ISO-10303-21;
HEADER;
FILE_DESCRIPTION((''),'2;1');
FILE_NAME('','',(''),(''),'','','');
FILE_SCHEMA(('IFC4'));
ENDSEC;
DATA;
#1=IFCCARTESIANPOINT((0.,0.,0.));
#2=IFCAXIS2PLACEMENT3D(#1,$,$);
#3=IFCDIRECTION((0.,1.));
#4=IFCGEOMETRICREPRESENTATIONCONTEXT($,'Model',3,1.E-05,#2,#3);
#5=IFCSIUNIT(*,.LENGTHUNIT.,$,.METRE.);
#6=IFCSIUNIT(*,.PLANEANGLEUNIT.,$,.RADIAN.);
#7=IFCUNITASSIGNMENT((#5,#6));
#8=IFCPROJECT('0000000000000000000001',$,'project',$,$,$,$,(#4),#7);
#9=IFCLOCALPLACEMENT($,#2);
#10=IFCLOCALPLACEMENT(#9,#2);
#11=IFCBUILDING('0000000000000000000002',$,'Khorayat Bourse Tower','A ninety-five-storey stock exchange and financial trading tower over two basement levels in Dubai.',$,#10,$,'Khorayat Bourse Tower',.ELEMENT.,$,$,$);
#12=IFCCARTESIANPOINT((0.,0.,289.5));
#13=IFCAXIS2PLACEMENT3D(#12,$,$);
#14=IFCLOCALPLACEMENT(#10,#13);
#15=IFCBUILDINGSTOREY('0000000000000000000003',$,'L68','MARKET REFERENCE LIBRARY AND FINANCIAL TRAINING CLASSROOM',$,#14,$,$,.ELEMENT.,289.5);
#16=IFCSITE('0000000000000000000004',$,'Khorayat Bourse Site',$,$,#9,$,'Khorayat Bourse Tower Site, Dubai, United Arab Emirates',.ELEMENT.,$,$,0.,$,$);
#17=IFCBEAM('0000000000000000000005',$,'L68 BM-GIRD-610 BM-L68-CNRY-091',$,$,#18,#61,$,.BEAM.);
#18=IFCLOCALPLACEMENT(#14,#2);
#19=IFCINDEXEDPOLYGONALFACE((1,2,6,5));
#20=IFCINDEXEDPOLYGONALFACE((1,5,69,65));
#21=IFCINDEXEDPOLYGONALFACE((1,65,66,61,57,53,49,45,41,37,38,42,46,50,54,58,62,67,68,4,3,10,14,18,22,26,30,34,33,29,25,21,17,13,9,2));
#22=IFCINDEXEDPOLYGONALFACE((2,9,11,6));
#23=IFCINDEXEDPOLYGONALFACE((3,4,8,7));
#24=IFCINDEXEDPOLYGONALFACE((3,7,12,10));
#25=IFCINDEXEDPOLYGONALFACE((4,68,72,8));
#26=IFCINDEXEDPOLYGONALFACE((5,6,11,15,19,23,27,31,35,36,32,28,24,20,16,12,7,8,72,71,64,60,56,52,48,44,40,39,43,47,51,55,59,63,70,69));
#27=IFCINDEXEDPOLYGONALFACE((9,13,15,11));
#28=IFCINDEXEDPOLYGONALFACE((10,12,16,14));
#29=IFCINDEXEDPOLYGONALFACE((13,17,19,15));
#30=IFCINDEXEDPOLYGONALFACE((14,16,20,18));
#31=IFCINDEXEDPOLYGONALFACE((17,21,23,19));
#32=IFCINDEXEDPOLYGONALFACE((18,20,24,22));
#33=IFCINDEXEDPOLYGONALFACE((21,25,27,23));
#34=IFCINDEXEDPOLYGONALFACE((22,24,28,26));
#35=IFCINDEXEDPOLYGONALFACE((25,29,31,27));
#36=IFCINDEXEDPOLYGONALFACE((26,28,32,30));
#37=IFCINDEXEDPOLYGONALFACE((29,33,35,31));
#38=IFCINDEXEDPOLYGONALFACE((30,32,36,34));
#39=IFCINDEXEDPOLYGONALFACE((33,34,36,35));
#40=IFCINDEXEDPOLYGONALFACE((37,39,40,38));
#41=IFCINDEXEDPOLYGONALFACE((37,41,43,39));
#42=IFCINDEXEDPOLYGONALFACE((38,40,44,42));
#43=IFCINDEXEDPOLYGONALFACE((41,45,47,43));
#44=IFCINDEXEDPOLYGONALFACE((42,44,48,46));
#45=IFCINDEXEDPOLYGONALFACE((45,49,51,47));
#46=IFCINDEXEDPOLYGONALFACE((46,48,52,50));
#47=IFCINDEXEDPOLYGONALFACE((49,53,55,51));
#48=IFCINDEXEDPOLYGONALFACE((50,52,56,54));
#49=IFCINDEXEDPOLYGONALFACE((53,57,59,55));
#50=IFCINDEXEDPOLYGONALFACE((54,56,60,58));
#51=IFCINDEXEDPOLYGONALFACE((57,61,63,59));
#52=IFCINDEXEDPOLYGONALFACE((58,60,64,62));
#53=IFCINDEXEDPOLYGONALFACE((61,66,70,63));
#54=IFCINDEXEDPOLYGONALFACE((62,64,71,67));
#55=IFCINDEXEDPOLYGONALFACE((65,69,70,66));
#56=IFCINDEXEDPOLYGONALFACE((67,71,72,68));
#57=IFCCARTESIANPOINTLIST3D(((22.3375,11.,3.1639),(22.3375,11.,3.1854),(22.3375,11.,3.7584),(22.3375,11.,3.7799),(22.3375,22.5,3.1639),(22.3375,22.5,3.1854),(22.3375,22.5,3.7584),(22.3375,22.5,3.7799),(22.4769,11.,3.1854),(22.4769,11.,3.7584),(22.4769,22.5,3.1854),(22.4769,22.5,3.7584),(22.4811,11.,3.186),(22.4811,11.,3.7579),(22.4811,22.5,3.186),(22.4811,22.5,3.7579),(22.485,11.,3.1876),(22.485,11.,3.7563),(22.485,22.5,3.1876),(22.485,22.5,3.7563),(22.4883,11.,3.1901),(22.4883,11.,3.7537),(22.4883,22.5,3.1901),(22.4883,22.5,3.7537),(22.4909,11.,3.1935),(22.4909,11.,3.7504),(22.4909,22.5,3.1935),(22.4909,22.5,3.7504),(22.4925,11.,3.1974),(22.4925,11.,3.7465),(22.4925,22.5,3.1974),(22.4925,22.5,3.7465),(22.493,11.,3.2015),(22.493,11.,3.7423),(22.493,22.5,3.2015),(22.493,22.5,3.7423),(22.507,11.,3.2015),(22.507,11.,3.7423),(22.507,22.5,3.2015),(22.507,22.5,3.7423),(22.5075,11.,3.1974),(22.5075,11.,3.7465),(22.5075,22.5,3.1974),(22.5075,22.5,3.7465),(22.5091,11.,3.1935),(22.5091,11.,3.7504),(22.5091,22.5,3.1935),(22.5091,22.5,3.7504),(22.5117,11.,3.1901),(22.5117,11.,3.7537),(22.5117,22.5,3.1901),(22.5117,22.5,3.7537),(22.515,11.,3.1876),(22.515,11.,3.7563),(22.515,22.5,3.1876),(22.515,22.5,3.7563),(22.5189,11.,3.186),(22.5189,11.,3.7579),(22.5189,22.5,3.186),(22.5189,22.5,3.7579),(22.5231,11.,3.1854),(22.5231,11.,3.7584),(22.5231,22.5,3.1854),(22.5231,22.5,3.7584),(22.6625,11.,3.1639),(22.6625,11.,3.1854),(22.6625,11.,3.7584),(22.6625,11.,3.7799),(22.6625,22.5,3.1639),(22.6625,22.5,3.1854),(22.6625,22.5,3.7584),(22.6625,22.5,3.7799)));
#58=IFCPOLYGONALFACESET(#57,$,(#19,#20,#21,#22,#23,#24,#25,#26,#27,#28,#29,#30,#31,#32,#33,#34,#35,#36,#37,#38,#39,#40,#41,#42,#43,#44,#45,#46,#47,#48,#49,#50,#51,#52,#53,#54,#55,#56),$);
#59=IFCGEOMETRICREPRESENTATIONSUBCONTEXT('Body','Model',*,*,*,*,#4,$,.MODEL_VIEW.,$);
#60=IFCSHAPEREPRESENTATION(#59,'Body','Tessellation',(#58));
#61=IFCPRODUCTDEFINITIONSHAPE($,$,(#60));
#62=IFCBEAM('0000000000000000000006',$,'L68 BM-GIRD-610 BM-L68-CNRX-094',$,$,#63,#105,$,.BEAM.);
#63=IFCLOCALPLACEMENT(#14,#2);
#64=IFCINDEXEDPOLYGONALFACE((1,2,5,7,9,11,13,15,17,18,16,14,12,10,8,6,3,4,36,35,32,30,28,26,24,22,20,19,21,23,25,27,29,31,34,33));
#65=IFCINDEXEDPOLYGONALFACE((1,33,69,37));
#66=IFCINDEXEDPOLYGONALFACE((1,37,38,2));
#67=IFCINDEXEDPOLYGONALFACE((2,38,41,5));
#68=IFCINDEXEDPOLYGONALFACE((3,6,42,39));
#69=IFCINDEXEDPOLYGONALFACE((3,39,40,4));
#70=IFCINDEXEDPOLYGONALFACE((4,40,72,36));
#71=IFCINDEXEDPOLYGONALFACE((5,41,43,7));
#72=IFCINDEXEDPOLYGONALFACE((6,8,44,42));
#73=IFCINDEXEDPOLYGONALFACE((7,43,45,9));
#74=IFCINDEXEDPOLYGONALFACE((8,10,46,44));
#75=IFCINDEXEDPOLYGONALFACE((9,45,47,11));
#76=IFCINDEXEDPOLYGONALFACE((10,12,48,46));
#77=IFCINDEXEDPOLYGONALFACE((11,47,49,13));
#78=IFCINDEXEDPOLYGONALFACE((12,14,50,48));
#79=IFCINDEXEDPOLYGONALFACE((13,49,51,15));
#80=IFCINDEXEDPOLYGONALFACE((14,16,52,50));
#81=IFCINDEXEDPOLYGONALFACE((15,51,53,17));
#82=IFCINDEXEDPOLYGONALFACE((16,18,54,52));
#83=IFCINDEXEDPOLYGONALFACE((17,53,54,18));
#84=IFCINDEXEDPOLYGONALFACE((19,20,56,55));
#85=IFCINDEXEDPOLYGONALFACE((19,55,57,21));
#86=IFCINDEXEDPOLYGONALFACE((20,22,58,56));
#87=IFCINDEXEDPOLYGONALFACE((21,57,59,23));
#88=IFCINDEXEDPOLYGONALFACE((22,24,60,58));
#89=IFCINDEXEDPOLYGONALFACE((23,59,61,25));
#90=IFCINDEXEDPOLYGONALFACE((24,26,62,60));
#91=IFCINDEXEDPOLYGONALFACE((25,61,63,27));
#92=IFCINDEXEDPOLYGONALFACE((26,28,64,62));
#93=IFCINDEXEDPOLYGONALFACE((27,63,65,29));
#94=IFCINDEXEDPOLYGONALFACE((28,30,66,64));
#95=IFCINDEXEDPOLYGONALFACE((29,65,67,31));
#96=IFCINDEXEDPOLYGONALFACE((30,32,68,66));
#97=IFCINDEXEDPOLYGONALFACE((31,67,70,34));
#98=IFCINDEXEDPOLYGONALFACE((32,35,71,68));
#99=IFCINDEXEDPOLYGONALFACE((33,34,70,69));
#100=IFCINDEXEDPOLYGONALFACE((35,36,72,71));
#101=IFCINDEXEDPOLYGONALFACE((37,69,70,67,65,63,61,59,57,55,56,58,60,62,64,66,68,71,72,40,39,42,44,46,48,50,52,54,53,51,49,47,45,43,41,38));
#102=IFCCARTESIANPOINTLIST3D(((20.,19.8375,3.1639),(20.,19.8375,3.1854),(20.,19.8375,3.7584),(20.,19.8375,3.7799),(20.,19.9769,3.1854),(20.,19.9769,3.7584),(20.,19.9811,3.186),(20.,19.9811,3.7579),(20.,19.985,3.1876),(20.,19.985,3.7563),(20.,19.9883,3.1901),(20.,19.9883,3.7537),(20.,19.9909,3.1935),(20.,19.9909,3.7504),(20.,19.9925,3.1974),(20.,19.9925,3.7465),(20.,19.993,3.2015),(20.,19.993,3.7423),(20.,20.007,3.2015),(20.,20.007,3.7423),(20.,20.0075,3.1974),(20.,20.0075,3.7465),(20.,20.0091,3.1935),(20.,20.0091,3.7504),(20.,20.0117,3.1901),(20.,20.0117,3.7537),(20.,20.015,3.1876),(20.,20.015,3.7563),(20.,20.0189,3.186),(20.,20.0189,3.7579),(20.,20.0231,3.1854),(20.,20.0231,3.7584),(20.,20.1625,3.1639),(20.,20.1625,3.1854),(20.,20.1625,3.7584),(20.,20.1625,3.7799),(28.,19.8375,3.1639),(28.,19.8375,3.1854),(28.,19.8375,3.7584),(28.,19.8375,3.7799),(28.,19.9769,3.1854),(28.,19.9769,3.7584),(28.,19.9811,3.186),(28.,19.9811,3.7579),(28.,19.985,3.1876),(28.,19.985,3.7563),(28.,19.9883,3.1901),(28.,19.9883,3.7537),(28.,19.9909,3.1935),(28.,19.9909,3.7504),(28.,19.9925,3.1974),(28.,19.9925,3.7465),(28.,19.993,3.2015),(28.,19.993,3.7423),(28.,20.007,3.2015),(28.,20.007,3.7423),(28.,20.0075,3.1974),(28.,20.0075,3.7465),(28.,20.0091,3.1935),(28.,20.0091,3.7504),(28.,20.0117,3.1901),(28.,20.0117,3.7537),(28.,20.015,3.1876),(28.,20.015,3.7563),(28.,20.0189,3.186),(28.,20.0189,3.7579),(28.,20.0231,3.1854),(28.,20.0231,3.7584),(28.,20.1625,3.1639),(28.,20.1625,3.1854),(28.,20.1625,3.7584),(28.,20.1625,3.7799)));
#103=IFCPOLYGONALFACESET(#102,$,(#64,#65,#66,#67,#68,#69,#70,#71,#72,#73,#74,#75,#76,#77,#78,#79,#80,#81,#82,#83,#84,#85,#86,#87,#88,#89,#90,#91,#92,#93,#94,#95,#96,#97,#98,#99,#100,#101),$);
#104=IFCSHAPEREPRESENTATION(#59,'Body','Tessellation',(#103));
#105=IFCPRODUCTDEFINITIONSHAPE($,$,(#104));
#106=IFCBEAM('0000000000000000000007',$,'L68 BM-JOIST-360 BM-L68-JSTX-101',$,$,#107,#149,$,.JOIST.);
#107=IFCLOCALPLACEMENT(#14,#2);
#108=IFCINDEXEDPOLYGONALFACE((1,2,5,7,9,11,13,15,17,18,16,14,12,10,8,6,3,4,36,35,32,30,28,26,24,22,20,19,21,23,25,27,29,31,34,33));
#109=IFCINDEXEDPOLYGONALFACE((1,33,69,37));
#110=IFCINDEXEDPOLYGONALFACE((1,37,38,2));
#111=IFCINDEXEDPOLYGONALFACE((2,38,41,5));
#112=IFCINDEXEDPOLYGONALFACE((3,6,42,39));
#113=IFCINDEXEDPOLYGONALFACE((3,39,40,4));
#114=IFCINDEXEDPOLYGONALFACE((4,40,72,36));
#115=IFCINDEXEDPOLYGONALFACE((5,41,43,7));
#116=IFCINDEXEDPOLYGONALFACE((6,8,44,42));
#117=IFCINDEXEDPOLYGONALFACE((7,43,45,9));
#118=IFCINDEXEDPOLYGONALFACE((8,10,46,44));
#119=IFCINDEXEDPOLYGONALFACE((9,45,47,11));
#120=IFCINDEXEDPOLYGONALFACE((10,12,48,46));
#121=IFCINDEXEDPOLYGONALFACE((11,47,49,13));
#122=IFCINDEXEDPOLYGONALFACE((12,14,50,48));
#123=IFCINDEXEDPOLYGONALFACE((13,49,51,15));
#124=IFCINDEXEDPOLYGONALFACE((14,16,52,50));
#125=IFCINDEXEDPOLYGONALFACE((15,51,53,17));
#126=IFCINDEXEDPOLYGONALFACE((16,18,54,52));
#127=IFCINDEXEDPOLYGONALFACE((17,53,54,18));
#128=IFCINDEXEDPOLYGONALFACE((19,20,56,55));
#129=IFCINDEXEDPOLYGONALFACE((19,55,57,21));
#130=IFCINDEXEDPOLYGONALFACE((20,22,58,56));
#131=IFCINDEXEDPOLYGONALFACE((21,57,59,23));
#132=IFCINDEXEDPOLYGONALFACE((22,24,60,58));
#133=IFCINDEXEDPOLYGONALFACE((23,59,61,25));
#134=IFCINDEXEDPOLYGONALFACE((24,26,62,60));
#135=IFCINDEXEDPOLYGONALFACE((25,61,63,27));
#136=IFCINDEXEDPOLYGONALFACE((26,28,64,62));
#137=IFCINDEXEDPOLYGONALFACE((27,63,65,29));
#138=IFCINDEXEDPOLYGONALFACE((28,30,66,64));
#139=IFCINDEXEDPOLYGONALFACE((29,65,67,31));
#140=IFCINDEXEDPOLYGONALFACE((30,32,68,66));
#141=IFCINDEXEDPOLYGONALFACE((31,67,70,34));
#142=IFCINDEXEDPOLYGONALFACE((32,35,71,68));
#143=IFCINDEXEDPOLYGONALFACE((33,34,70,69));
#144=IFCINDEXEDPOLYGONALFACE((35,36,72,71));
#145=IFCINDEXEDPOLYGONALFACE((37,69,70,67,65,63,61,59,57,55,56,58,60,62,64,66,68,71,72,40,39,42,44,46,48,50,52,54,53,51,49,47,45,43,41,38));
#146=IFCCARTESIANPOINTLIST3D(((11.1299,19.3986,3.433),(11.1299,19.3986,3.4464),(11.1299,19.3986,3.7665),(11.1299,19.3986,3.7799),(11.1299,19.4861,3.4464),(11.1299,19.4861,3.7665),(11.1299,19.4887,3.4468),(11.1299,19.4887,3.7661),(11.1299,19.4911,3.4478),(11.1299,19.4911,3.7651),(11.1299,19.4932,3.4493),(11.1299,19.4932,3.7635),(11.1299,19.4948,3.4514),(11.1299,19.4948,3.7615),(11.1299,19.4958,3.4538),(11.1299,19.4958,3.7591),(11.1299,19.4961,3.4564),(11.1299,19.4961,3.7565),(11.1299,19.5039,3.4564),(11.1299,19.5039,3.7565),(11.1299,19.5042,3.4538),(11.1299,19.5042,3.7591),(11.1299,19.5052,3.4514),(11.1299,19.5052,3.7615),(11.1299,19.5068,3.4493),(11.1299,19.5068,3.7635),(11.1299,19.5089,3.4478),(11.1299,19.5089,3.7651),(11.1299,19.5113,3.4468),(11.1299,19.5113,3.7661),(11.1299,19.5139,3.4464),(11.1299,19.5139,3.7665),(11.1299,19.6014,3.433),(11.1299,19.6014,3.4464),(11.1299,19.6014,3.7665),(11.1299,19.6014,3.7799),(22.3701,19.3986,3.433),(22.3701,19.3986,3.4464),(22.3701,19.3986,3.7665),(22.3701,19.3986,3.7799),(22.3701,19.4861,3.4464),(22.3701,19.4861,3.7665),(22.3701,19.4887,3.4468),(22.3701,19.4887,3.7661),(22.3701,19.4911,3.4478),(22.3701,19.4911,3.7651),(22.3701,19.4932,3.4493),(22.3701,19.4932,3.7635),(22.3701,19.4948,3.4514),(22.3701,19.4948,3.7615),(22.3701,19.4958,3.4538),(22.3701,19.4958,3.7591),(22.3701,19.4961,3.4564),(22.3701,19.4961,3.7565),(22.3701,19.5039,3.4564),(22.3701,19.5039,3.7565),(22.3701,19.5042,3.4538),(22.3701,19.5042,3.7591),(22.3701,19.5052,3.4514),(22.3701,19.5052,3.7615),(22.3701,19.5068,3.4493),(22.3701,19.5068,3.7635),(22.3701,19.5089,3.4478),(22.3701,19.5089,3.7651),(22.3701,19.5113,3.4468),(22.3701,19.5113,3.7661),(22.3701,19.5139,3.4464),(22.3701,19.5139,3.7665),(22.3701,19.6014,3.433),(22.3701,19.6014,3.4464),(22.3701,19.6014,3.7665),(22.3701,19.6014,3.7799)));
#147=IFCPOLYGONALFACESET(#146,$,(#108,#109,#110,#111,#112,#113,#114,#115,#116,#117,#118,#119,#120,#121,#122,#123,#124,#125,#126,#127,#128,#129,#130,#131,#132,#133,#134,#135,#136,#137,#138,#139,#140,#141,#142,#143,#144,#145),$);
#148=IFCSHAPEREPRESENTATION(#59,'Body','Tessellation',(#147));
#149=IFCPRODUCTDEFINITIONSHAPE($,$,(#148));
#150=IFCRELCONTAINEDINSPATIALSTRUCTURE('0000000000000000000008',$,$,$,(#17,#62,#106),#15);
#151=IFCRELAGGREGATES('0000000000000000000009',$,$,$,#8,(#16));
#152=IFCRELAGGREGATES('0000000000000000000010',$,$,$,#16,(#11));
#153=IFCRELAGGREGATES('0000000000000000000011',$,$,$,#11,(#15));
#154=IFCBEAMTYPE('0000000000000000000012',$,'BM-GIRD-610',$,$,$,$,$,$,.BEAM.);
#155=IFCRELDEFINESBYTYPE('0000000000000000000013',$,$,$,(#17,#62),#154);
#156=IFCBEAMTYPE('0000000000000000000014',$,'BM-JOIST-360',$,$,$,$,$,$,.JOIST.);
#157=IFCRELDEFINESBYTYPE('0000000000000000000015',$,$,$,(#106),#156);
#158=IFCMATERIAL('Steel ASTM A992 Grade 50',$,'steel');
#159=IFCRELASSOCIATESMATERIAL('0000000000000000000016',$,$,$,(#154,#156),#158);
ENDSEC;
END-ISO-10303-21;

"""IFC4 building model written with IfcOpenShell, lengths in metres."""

from ifc_helpers import new_model, si_unit, direction, frame, origin, origin_2d, place, context, subcontext, project, spatial, i_section, extrude, source, transform, mapped, material, material_profile, profile_set, type_object, element, save


model = new_model("IFC4")

# Units and contexts
model_context = context("Model", 3, precision=1e-05, world=origin(), true_north=direction((0.0, 1.0)))
body_context = subcontext(model_context, "Body", "Model", "MODEL_VIEW")
ifc_project = project(units=[si_unit("LENGTHUNIT", "METRE"), si_unit("PLANEANGLEUNIT", "RADIAN")], contexts=[model_context])

# Site, building, storey
site_placement = place(None, origin())
site = spatial("IfcSite", under=ifc_project, at=site_placement, Name="Khorayat Bourse Site", LongName="Khorayat Bourse Tower Site, Dubai, United Arab Emirates", CompositionType="ELEMENT", RefElevation=0.0)
building_placement = place(site_placement, origin())
building = spatial("IfcBuilding", under=site, at=building_placement, Name="Khorayat Bourse Tower", Description="A ninety-five-storey stock exchange and financial trading tower over two basement levels in Dubai.", LongName="Khorayat Bourse Tower", CompositionType="ELEMENT")
storey_placement = place(building_placement, frame((0.0, 0.0, 289.5)))
storey = spatial("IfcBuildingStorey", under=building, at=storey_placement, Name="L68", Description="MARKET REFERENCE LIBRARY AND FINANCIAL TRAINING CLASSROOM", CompositionType="ELEMENT", Elevation=289.5)

# Beams
ifc_material_1 = material(Name="Steel ASTM A992 Grade 50", Category="steel")
ifc_material_profile_1 = material_profile(ifc_material_1, i_section(OverallWidth=0.325, OverallDepth=0.616, WebThickness=0.0139, FlangeThickness=0.0215, FilletRadius=0.0161, at=origin_2d()), Name="W610X174")
ifc_profile_set_1 = profile_set([ifc_material_profile_1], Name="Steel ASTM A992 Grade 50")
beam_type_1 = type_object("IfcBeamType", Name="BM-GIRD-610", PredefinedType="BEAM", material=ifc_profile_set_1)
shared_shape_1 = source(origin(), body_context, "Body", "SweptSolid", [
    extrude(i_section(OverallWidth=0.325, OverallDepth=0.616, WebThickness=0.0139, FlangeThickness=0.0215, FilletRadius=0.0161, at=origin_2d()), origin(), (0.0, 0.0, 1.0), 11.5),
])
beam_1_placement = place(storey_placement, frame((22.5, 11.0, 3.4719), z_axis=(0.0, 1.0, 0.0), x_axis=(-1.0, 0.0, 0.0)))
element("IfcBeam", 1, at=beam_1_placement, inside=storey, type_object=beam_type_1, Name="L68 BM-GIRD-610 BM-L68-CNRY-091", PredefinedType="BEAM", context=body_context, shape_type="MappedRepresentation", body=[
    mapped(shared_shape_1, transform((0.0, 0.0, 0.0), scale=1.0)),
])
shared_shape_2 = source(origin(), body_context, "Body", "SweptSolid", [
    extrude(i_section(OverallWidth=0.325, OverallDepth=0.616, WebThickness=0.0139, FlangeThickness=0.0215, FilletRadius=0.0161, at=origin_2d()), origin(), (0.0, 0.0, 1.0), 8.0),
])
beam_2_placement = place(storey_placement, frame((20.0, 20.0, 3.4719), z_axis=(1.0, 0.0, 0.0), x_axis=(0.0, 1.0, 0.0)))
element("IfcBeam", 2, at=beam_2_placement, inside=storey, type_object=beam_type_1, Name="L68 BM-GIRD-610 BM-L68-CNRX-094", PredefinedType="BEAM", context=body_context, shape_type="MappedRepresentation", body=[
    mapped(shared_shape_2, transform((0.0, 0.0, 0.0), scale=1.0)),
])
ifc_material_profile_2 = material_profile(ifc_material_1, i_section(OverallWidth=0.2029, OverallDepth=0.3469, WebThickness=0.0078, FlangeThickness=0.0134, FilletRadius=0.01, at=origin_2d()), Name="W360X64")
ifc_profile_set_2 = profile_set([ifc_material_profile_2], Name="Steel ASTM A992 Grade 50")
beam_type_2 = type_object("IfcBeamType", Name="BM-JOIST-360", PredefinedType="JOIST", material=ifc_profile_set_2)
shared_shape_3 = source(origin(), body_context, "Body", "SweptSolid", [
    extrude(i_section(OverallWidth=0.2029, OverallDepth=0.3469, WebThickness=0.0078, FlangeThickness=0.0134, FilletRadius=0.01, at=origin_2d()), origin(), (0.0, 0.0, 1.0), 11.2402),
])
beam_3_placement = place(storey_placement, frame((11.1299, 19.5, 3.6064), z_axis=(1.0, 0.0, 0.0), x_axis=(0.0, 1.0, 0.0)))
element("IfcBeam", 3, at=beam_3_placement, inside=storey, type_object=beam_type_2, Name="L68 BM-JOIST-360 BM-L68-JSTX-101", PredefinedType="JOIST", context=body_context, shape_type="MappedRepresentation", body=[
    mapped(shared_shape_3, transform((0.0, 0.0, 0.0), scale=1.0)),
])

save(model, "model.ifc")
